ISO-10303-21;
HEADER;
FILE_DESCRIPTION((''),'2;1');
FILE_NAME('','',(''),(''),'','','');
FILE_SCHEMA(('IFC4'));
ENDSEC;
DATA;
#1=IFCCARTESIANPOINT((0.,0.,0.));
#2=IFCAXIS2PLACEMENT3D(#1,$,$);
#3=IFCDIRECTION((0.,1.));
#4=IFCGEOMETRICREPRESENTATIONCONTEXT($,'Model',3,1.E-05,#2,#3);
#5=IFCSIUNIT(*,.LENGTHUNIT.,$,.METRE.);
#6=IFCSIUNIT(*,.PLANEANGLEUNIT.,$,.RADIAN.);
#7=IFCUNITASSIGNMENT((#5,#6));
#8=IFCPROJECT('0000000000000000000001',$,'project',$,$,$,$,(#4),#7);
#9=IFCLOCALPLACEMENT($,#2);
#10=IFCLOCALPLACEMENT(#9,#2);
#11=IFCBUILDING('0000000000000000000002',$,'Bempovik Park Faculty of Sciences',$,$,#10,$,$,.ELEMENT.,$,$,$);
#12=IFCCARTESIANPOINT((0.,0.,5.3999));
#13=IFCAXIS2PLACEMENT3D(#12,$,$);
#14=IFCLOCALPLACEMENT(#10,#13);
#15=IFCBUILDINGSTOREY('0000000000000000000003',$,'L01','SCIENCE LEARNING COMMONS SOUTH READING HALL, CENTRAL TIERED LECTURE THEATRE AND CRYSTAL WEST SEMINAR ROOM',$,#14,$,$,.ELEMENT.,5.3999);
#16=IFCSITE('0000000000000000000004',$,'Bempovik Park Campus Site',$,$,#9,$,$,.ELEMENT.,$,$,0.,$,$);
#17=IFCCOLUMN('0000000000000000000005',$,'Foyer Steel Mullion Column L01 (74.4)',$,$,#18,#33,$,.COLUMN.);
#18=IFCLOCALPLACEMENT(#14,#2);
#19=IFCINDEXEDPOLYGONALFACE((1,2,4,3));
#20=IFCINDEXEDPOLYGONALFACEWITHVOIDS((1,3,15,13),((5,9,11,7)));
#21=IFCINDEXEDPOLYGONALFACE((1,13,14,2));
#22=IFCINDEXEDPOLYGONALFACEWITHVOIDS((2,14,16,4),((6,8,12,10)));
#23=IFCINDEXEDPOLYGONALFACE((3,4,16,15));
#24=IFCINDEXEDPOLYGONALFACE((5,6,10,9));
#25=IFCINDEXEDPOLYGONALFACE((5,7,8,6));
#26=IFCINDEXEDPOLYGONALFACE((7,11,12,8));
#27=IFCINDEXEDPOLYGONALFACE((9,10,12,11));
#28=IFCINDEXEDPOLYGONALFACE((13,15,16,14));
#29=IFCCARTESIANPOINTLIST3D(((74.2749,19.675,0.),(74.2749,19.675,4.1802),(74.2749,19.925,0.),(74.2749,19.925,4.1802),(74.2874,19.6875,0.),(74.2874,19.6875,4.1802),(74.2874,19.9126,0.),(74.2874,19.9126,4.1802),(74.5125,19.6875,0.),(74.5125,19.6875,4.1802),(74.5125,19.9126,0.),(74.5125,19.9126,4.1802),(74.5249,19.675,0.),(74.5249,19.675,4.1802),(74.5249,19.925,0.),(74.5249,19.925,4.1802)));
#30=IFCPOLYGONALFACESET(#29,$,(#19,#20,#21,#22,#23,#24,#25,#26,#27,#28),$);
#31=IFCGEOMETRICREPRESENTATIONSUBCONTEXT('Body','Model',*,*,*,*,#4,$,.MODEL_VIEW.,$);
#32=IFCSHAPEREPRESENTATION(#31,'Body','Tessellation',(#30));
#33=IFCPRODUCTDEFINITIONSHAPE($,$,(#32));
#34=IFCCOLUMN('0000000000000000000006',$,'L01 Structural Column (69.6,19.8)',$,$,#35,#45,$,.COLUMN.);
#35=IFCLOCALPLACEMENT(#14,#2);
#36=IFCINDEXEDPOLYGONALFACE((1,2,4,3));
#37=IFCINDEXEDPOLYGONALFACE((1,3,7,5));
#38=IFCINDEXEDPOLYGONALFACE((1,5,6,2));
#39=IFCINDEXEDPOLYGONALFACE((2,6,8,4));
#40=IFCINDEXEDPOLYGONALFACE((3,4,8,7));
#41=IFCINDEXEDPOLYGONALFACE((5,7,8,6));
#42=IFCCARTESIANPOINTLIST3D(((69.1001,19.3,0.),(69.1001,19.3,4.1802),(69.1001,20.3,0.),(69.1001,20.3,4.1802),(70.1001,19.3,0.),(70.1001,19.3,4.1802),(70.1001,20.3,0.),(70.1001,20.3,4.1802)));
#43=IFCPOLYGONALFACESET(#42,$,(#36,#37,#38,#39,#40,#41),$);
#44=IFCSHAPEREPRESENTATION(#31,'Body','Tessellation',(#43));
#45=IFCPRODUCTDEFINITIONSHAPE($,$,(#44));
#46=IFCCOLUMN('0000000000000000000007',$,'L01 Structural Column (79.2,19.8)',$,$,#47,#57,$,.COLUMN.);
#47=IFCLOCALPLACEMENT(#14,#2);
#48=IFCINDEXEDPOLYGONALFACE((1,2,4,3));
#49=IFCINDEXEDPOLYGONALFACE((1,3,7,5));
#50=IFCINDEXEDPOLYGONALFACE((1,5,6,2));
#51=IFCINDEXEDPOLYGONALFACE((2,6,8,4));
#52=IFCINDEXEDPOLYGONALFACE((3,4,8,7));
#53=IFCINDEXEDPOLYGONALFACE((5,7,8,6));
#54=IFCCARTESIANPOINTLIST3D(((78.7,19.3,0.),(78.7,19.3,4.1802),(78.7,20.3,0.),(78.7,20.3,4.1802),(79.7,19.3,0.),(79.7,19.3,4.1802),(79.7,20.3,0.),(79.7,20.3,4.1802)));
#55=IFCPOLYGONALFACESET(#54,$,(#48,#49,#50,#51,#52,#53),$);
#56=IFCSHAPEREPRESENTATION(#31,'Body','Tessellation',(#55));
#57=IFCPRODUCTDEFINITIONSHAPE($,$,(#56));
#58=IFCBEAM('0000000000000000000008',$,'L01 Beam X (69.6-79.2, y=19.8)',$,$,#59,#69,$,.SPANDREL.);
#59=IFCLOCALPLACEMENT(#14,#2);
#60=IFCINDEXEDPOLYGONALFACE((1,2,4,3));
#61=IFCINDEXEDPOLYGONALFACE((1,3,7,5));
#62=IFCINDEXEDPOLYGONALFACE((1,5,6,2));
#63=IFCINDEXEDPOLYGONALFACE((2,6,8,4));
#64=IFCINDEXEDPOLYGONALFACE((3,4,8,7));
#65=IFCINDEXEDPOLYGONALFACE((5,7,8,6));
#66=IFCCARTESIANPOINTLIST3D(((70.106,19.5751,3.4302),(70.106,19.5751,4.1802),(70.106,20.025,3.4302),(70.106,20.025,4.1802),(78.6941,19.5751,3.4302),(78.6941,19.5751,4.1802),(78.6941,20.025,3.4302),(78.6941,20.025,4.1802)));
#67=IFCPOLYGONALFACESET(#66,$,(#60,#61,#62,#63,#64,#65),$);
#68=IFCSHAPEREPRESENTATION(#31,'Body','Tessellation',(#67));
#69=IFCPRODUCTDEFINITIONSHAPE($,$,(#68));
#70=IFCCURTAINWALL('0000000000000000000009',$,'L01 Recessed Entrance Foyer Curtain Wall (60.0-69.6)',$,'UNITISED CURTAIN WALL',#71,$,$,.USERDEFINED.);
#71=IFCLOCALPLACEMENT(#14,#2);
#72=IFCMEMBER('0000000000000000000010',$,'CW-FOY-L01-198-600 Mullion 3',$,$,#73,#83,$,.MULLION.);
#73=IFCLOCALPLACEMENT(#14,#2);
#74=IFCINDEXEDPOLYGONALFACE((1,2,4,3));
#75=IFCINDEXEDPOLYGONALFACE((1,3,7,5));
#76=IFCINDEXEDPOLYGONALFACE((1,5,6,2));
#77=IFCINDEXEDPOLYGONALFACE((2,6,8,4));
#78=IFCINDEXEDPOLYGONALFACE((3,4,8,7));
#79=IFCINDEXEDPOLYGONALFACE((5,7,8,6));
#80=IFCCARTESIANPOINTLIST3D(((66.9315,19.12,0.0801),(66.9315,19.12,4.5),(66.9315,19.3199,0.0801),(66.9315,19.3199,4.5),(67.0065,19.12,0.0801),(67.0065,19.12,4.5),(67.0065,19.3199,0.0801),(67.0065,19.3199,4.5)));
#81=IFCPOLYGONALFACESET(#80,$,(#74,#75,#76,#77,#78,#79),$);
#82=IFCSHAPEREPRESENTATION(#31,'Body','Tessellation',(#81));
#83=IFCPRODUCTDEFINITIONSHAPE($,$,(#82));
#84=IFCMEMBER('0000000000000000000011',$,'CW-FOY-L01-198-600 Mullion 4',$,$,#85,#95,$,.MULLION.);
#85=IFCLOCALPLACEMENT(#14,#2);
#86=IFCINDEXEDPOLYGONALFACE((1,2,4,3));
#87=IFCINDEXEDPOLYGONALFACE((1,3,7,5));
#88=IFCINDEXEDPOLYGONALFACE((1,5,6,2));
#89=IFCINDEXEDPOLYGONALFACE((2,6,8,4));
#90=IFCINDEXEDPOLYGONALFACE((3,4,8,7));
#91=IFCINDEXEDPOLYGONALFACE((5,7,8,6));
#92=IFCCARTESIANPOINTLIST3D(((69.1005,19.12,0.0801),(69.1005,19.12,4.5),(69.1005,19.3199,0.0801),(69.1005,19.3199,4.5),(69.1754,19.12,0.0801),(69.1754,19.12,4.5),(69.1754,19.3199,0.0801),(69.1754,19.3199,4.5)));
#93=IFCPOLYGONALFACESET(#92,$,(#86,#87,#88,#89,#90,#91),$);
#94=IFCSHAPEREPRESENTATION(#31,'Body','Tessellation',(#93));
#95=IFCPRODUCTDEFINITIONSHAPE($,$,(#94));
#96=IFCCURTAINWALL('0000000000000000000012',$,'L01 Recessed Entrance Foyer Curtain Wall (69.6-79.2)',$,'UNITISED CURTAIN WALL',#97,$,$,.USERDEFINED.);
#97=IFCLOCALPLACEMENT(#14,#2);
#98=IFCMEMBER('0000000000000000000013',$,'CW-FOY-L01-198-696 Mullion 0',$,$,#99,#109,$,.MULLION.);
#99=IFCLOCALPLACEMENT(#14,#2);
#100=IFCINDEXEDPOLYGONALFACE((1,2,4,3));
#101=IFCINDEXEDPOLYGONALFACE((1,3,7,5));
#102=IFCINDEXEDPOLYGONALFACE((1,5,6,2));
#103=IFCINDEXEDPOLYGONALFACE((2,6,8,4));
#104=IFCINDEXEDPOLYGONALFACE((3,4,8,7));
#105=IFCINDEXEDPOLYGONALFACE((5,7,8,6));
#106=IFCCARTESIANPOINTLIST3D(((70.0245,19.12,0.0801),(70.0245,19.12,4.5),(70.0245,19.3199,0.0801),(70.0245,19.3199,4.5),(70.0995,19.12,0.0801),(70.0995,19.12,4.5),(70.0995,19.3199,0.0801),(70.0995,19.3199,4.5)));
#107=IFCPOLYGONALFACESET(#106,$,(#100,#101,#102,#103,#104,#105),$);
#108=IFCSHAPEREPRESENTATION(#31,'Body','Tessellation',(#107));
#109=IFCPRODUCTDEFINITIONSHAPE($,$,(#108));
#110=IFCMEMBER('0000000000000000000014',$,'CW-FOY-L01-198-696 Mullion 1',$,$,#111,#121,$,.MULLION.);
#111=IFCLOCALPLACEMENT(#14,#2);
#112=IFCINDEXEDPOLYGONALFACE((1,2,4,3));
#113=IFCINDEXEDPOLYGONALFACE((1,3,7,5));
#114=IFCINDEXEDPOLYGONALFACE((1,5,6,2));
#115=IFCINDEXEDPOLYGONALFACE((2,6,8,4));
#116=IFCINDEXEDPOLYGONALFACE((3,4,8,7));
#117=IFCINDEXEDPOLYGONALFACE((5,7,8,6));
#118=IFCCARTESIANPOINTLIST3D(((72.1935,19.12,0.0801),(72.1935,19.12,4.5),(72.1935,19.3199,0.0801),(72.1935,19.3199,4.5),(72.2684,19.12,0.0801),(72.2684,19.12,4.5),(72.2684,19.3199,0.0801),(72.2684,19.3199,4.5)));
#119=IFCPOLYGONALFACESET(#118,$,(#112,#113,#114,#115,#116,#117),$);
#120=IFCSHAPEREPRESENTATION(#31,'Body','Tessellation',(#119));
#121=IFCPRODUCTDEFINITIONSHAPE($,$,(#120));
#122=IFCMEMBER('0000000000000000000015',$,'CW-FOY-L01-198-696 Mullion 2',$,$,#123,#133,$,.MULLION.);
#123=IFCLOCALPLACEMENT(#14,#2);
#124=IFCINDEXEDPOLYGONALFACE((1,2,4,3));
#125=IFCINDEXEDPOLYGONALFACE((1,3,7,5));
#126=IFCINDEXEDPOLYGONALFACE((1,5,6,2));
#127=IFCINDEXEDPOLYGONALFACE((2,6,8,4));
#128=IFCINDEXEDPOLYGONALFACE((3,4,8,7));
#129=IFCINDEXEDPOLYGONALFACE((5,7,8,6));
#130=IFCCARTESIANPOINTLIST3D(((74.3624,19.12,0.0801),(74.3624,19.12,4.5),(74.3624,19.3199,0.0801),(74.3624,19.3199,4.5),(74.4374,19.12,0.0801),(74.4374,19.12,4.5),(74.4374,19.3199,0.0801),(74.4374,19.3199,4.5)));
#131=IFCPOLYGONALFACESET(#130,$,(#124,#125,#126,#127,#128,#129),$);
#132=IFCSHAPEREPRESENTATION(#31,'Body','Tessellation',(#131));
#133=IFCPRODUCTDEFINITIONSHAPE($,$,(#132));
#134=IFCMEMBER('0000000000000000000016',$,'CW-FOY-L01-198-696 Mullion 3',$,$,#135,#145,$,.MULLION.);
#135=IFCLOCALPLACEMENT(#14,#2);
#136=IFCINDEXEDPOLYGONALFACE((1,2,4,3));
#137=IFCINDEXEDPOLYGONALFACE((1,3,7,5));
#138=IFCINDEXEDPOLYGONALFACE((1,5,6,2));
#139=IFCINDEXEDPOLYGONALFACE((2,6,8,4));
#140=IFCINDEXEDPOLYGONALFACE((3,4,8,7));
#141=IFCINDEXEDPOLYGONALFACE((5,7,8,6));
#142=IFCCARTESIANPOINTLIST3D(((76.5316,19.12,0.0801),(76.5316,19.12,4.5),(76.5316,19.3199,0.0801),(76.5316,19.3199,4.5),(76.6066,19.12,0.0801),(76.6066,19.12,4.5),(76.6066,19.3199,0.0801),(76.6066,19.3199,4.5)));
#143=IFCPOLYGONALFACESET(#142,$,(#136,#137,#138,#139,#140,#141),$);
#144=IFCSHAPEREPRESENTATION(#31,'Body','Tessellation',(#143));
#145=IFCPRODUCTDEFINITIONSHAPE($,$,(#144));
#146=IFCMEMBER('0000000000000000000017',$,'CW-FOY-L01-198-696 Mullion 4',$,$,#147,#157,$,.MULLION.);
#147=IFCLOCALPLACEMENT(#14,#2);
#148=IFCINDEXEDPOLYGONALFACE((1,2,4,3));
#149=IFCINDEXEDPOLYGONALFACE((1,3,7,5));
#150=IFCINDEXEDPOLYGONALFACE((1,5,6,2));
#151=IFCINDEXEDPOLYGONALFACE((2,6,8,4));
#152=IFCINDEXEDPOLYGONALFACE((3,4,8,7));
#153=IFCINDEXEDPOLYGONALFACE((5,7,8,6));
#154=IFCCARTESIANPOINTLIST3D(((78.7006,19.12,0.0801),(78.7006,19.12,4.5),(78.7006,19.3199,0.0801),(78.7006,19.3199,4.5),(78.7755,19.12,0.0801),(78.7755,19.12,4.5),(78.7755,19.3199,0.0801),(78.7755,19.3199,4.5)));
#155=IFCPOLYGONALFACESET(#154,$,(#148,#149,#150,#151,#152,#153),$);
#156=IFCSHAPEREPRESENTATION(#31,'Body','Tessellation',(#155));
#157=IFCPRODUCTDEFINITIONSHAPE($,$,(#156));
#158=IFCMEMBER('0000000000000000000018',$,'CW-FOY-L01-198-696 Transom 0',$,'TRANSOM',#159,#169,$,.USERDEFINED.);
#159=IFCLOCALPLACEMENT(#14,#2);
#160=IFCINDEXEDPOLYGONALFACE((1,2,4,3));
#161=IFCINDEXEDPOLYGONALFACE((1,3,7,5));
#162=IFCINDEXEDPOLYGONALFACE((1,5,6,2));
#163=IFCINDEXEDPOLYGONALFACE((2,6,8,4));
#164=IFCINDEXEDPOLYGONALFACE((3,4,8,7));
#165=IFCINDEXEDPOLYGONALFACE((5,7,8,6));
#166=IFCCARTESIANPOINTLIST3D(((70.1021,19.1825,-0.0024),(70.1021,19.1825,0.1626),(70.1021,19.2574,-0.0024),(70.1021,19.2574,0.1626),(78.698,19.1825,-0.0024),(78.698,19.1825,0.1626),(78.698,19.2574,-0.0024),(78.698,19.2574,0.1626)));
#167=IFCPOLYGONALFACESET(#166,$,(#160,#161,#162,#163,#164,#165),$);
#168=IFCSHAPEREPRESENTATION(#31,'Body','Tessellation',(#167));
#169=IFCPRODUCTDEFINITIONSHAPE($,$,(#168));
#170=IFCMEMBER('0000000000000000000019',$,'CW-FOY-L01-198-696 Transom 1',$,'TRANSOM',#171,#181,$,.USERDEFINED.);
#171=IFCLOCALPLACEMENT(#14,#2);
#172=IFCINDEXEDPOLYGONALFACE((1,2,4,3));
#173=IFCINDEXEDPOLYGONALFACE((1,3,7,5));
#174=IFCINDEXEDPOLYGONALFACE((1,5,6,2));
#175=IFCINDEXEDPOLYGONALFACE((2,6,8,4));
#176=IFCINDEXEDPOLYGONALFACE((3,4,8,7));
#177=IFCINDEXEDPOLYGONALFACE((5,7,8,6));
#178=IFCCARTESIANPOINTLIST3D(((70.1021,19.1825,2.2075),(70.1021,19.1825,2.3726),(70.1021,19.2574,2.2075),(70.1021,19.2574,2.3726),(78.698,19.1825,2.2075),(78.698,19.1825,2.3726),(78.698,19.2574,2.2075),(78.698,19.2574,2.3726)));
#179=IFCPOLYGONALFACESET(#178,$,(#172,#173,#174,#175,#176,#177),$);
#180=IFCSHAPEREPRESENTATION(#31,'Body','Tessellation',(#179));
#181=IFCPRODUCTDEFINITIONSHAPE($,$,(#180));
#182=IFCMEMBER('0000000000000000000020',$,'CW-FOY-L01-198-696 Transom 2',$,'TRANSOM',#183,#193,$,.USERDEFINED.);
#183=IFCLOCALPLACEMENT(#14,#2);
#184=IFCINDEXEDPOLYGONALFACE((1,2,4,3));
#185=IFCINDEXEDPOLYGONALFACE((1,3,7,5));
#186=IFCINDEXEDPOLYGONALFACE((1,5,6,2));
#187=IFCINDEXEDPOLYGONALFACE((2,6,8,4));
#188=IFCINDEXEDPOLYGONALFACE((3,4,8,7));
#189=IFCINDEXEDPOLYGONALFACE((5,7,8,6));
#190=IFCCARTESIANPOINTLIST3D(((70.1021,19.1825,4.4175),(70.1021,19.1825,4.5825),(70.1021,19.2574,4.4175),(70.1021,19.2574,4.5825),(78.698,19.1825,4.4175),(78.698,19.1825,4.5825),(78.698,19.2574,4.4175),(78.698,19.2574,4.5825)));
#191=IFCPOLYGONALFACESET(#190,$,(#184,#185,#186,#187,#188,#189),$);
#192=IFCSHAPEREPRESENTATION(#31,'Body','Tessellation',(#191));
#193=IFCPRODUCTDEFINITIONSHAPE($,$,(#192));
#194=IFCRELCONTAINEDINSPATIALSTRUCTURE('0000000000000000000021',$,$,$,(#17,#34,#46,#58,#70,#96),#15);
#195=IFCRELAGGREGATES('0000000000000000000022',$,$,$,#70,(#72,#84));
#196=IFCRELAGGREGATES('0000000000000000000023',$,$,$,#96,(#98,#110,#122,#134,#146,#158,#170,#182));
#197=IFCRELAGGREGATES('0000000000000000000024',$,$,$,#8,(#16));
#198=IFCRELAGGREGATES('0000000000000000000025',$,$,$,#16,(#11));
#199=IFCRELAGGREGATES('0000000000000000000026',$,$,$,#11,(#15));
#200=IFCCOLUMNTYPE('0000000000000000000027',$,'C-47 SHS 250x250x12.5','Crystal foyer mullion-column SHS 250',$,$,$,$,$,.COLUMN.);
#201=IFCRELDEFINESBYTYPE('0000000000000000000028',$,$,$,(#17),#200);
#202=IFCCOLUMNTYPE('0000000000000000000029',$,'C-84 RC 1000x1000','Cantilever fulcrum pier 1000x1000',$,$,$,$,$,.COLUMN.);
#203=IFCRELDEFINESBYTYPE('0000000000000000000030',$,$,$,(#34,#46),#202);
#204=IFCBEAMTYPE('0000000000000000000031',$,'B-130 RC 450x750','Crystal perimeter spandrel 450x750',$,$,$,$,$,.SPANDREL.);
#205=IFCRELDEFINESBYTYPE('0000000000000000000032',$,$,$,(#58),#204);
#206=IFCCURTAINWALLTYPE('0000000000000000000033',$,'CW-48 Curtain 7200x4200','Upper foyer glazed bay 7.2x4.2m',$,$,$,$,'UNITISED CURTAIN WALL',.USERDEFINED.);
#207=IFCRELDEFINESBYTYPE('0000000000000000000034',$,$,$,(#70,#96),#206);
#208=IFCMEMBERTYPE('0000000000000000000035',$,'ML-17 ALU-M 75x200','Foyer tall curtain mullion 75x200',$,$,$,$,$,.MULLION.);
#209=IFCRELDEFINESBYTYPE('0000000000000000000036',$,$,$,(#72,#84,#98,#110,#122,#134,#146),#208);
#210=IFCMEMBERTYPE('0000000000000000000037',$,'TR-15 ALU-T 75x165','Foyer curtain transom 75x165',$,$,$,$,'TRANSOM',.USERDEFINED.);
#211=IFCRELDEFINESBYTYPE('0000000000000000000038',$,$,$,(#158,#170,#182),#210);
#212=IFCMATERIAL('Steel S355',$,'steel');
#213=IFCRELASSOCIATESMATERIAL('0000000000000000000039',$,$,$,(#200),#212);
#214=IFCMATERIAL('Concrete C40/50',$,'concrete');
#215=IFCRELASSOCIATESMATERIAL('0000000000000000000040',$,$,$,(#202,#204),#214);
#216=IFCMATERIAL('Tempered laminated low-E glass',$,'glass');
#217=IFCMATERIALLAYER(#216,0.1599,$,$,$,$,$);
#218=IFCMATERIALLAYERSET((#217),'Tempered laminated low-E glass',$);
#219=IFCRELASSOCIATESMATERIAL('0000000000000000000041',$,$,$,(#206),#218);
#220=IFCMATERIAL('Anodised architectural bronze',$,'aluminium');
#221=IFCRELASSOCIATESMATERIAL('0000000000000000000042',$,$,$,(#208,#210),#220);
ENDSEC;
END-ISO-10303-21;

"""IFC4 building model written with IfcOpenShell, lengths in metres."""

from ifc_helpers import new_model, si_unit, direction, frame, origin, origin_2d, place, context, subcontext, project, spatial, rectangle, hollow_rectangle, extrude, material, layer, layer_set, material_profile, profile_set, type_object, element, aggregate, save


model = new_model("IFC4")

# Units and contexts
model_context = context("Model", 3, precision=1e-05, world=origin(), true_north=direction((0.0, 1.0)))
body_context = subcontext(model_context, "Body", "Model", "MODEL_VIEW")
ifc_project = project(units=[si_unit("LENGTHUNIT", "METRE"), si_unit("PLANEANGLEUNIT", "RADIAN")], contexts=[model_context])

# Site, building, storey
site_placement = place(None, origin())
site = spatial("IfcSite", under=ifc_project, at=site_placement, Name="Bempovik Park Campus Site", CompositionType="ELEMENT", RefElevation=0.0)
building_placement = place(site_placement, origin())
building = spatial("IfcBuilding", under=site, at=building_placement, Name="Bempovik Park Faculty of Sciences", CompositionType="ELEMENT")
storey_placement = place(building_placement, frame((0.0, 0.0, 5.3999)))
storey = spatial("IfcBuildingStorey", under=building, at=storey_placement, Name="L01", Description="SCIENCE LEARNING COMMONS SOUTH READING HALL, CENTRAL TIERED LECTURE THEATRE AND CRYSTAL WEST SEMINAR ROOM", CompositionType="ELEMENT", Elevation=5.3999)

# Columns
ifc_material_1 = material(Name="Steel S355", Category="steel")
ifc_material_profile_1 = material_profile(ifc_material_1, hollow_rectangle(XDim=0.25, YDim=0.25, WallThickness=0.0125, at=origin_2d()), Name="SHS 250x250x12.5")
ifc_profile_set_1 = profile_set([ifc_material_profile_1], Name="Steel S355")
column_type_1 = type_object("IfcColumnType", Name="C-47 SHS 250x250x12.5", Description="Crystal foyer mullion-column SHS 250", PredefinedType="COLUMN", material=ifc_profile_set_1)
column_placement = place(storey_placement, frame((74.3999, 19.8, 0.0), z_axis=(0.0, 0.0, 1.0), x_axis=(1.0, 0.0, 0.0)))
element("IfcColumn", 1, at=column_placement, inside=storey, type_object=column_type_1, Name="Foyer Steel Mullion Column L01 (74.4)", PredefinedType="COLUMN", context=body_context, shape_type="SweptSolid", body=[
    extrude(hollow_rectangle(XDim=0.25, YDim=0.25, WallThickness=0.0125, at=origin_2d()), origin(), (0.0, 0.0, 1.0), 4.1802),
])
ifc_material_2 = material(Name="Concrete C40/50", Category="concrete")
ifc_material_profile_2 = material_profile(ifc_material_2, rectangle(XDim=1.0, YDim=1.0, at=origin_2d()), Name="RC 1000x1000")
ifc_profile_set_2 = profile_set([ifc_material_profile_2], Name="Concrete C40/50")
column_type_2 = type_object("IfcColumnType", Name="C-84 RC 1000x1000", Description="Cantilever fulcrum pier 1000x1000", PredefinedType="COLUMN", material=ifc_profile_set_2)
for number, where, z_axis, x_axis, name in (
    (2, (69.6001, 19.8, 0.0), (0.0, 0.0, 1.0), (1.0, 0.0, 0.0), "L01 Structural Column (69.6,19.8)"),
    (3, (79.2, 19.8, 0.0), (0.0, 0.0, 1.0), (1.0, 0.0, 0.0), "L01 Structural Column (79.2,19.8)"),
):
    element("IfcColumn", number, at=place(storey_placement, frame(where, z_axis=z_axis, x_axis=x_axis)), inside=storey, type_object=column_type_2, Name=name, PredefinedType="COLUMN", context=body_context, shape_type="SweptSolid", body=[
        extrude(rectangle(XDim=1.0, YDim=1.0, at=origin_2d()), origin(), (0.0, 0.0, 1.0), 4.1802),
    ])

# Beam
ifc_material_profile_3 = material_profile(ifc_material_2, rectangle(XDim=0.45, YDim=0.75, at=origin_2d()), Name="RC 450x750")
ifc_profile_set_3 = profile_set([ifc_material_profile_3], Name="Concrete C40/50")
beam_type = type_object("IfcBeamType", Name="B-130 RC 450x750", Description="Crystal perimeter spandrel 450x750", PredefinedType="SPANDREL", material=ifc_profile_set_3)
beam_placement = place(storey_placement, frame((70.106, 19.8, 3.8052), z_axis=(1.0, 0.0, 0.0), x_axis=(0.0, 1.0, 0.0)))
element("IfcBeam", 4, at=beam_placement, inside=storey, type_object=beam_type, Name="L01 Beam X (69.6-79.2, y=19.8)", PredefinedType="SPANDREL", context=body_context, shape_type="SweptSolid", body=[
    extrude(rectangle(XDim=0.45, YDim=0.75, at=origin_2d()), origin(), (0.0, 0.0, 1.0), 8.5881),
])

# Curtain walls, members
ifc_material_3 = material(Name="Tempered laminated low-E glass", Category="glass")
ifc_layer_1 = layer(ifc_material_3, 0.1599)
ifc_layer_set_1 = layer_set([ifc_layer_1], Name="Tempered laminated low-E glass")
curtain_wall_type = type_object("IfcCurtainWallType", Name="CW-48 Curtain 7200x4200", Description="Upper foyer glazed bay 7.2x4.2m", ElementType="UNITISED CURTAIN WALL", PredefinedType="USERDEFINED", material=ifc_layer_set_1)
curtain_wall_1_placement = place(storey_placement, origin())
curtain_wall_1 = element("IfcCurtainWall", 5, at=curtain_wall_1_placement, inside=storey, type_object=curtain_wall_type, Name="L01 Recessed Entrance Foyer Curtain Wall (60.0-69.6)", ObjectType="UNITISED CURTAIN WALL", PredefinedType="USERDEFINED")
ifc_material_4 = material(Name="Anodised architectural bronze", Category="aluminium")
ifc_material_profile_4 = material_profile(ifc_material_4, rectangle(XDim=0.075, YDim=0.2, at=origin_2d()), Name="ALU-M 75x200")
ifc_profile_set_4 = profile_set([ifc_material_profile_4], Name="Anodised architectural bronze")
member_type_1 = type_object("IfcMemberType", Name="ML-17 ALU-M 75x200", Description="Foyer tall curtain mullion 75x200", PredefinedType="MULLION", material=ifc_profile_set_4)
member_1_placement = place(storey_placement, frame((66.969, 19.22, 0.0801), z_axis=(0.0, 0.0, 1.0), x_axis=(1.0, 0.0, 0.0)))
member_1 = element("IfcMember", 6, at=member_1_placement, type_object=member_type_1, Name="CW-FOY-L01-198-600 Mullion 3", PredefinedType="MULLION", context=body_context, shape_type="SweptSolid", body=[
    extrude(rectangle(XDim=0.075, YDim=0.2, at=origin_2d()), origin(), (0.0, 0.0, 1.0), 4.4199),
])
member_2_placement = place(storey_placement, frame((69.1379, 19.22, 0.0801), z_axis=(0.0, 0.0, 1.0), x_axis=(1.0, 0.0, 0.0)))
member_2 = element("IfcMember", 7, at=member_2_placement, type_object=member_type_1, Name="CW-FOY-L01-198-600 Mullion 4", PredefinedType="MULLION", context=body_context, shape_type="SweptSolid", body=[
    extrude(rectangle(XDim=0.075, YDim=0.2, at=origin_2d()), origin(), (0.0, 0.0, 1.0), 4.4199),
])
curtain_wall_2_placement = place(storey_placement, origin())
curtain_wall_2 = element("IfcCurtainWall", 8, at=curtain_wall_2_placement, inside=storey, type_object=curtain_wall_type, Name="L01 Recessed Entrance Foyer Curtain Wall (69.6-79.2)", ObjectType="UNITISED CURTAIN WALL", PredefinedType="USERDEFINED")
member_3_placement = place(storey_placement, frame((70.062, 19.22, 0.0801), z_axis=(0.0, 0.0, 1.0), x_axis=(1.0, 0.0, 0.0)))
member_3 = element("IfcMember", 9, at=member_3_placement, type_object=member_type_1, Name="CW-FOY-L01-198-696 Mullion 0", PredefinedType="MULLION", context=body_context, shape_type="SweptSolid", body=[
    extrude(rectangle(XDim=0.075, YDim=0.2, at=origin_2d()), origin(), (0.0, 0.0, 1.0), 4.4199),
])
member_4_placement = place(storey_placement, frame((72.231, 19.22, 0.0801), z_axis=(0.0, 0.0, 1.0), x_axis=(1.0, 0.0, 0.0)))
member_4 = element("IfcMember", 10, at=member_4_placement, type_object=member_type_1, Name="CW-FOY-L01-198-696 Mullion 1", PredefinedType="MULLION", context=body_context, shape_type="SweptSolid", body=[
    extrude(rectangle(XDim=0.075, YDim=0.2, at=origin_2d()), origin(), (0.0, 0.0, 1.0), 4.4199),
])
member_5_placement = place(storey_placement, frame((74.3999, 19.22, 0.0801), z_axis=(0.0, 0.0, 1.0), x_axis=(1.0, 0.0, 0.0)))
member_5 = element("IfcMember", 11, at=member_5_placement, type_object=member_type_1, Name="CW-FOY-L01-198-696 Mullion 2", PredefinedType="MULLION", context=body_context, shape_type="SweptSolid", body=[
    extrude(rectangle(XDim=0.075, YDim=0.2, at=origin_2d()), origin(), (0.0, 0.0, 1.0), 4.4199),
])
member_6_placement = place(storey_placement, frame((76.5691, 19.22, 0.0801), z_axis=(0.0, 0.0, 1.0), x_axis=(1.0, 0.0, 0.0)))
member_6 = element("IfcMember", 12, at=member_6_placement, type_object=member_type_1, Name="CW-FOY-L01-198-696 Mullion 3", PredefinedType="MULLION", context=body_context, shape_type="SweptSolid", body=[
    extrude(rectangle(XDim=0.075, YDim=0.2, at=origin_2d()), origin(), (0.0, 0.0, 1.0), 4.4199),
])
member_7_placement = place(storey_placement, frame((78.738, 19.22, 0.0801), z_axis=(0.0, 0.0, 1.0), x_axis=(1.0, 0.0, 0.0)))
member_7 = element("IfcMember", 13, at=member_7_placement, type_object=member_type_1, Name="CW-FOY-L01-198-696 Mullion 4", PredefinedType="MULLION", context=body_context, shape_type="SweptSolid", body=[
    extrude(rectangle(XDim=0.075, YDim=0.2, at=origin_2d()), origin(), (0.0, 0.0, 1.0), 4.4199),
])
ifc_material_profile_5 = material_profile(ifc_material_4, rectangle(XDim=0.075, YDim=0.165, at=origin_2d()), Name="ALU-T 75x165")
ifc_profile_set_5 = profile_set([ifc_material_profile_5], Name="Anodised architectural bronze")
member_type_2 = type_object("IfcMemberType", Name="TR-15 ALU-T 75x165", Description="Foyer curtain transom 75x165", ElementType="TRANSOM", PredefinedType="USERDEFINED", material=ifc_profile_set_5)
member_8_placement = place(storey_placement, frame((70.1021, 19.22, 0.0801), z_axis=(1.0, 0.0, 0.0), x_axis=(0.0, 1.0, 0.0)))
member_8 = element("IfcMember", 14, at=member_8_placement, type_object=member_type_2, Name="CW-FOY-L01-198-696 Transom 0", ObjectType="TRANSOM", PredefinedType="USERDEFINED", context=body_context, shape_type="SweptSolid", body=[
    extrude(rectangle(XDim=0.075, YDim=0.165, at=origin_2d()), origin(), (0.0, 0.0, 1.0), 8.5959),
])
member_9_placement = place(storey_placement, frame((70.1021, 19.22, 2.29), z_axis=(1.0, 0.0, 0.0), x_axis=(0.0, 1.0, 0.0)))
member_9 = element("IfcMember", 15, at=member_9_placement, type_object=member_type_2, Name="CW-FOY-L01-198-696 Transom 1", ObjectType="TRANSOM", PredefinedType="USERDEFINED", context=body_context, shape_type="SweptSolid", body=[
    extrude(rectangle(XDim=0.075, YDim=0.165, at=origin_2d()), origin(), (0.0, 0.0, 1.0), 8.5959),
])
member_10_placement = place(storey_placement, frame((70.1021, 19.22, 4.5), z_axis=(1.0, 0.0, 0.0), x_axis=(0.0, 1.0, 0.0)))
member_10 = element("IfcMember", 16, at=member_10_placement, type_object=member_type_2, Name="CW-FOY-L01-198-696 Transom 2", ObjectType="TRANSOM", PredefinedType="USERDEFINED", context=body_context, shape_type="SweptSolid", body=[
    extrude(rectangle(XDim=0.075, YDim=0.165, at=origin_2d()), origin(), (0.0, 0.0, 1.0), 8.5959),
])

aggregate(curtain_wall_1, [member_1, member_2])
aggregate(curtain_wall_2, [member_3, member_4, member_5, member_6, member_7, member_8, member_9, member_10])

save(model, "model.ifc")
